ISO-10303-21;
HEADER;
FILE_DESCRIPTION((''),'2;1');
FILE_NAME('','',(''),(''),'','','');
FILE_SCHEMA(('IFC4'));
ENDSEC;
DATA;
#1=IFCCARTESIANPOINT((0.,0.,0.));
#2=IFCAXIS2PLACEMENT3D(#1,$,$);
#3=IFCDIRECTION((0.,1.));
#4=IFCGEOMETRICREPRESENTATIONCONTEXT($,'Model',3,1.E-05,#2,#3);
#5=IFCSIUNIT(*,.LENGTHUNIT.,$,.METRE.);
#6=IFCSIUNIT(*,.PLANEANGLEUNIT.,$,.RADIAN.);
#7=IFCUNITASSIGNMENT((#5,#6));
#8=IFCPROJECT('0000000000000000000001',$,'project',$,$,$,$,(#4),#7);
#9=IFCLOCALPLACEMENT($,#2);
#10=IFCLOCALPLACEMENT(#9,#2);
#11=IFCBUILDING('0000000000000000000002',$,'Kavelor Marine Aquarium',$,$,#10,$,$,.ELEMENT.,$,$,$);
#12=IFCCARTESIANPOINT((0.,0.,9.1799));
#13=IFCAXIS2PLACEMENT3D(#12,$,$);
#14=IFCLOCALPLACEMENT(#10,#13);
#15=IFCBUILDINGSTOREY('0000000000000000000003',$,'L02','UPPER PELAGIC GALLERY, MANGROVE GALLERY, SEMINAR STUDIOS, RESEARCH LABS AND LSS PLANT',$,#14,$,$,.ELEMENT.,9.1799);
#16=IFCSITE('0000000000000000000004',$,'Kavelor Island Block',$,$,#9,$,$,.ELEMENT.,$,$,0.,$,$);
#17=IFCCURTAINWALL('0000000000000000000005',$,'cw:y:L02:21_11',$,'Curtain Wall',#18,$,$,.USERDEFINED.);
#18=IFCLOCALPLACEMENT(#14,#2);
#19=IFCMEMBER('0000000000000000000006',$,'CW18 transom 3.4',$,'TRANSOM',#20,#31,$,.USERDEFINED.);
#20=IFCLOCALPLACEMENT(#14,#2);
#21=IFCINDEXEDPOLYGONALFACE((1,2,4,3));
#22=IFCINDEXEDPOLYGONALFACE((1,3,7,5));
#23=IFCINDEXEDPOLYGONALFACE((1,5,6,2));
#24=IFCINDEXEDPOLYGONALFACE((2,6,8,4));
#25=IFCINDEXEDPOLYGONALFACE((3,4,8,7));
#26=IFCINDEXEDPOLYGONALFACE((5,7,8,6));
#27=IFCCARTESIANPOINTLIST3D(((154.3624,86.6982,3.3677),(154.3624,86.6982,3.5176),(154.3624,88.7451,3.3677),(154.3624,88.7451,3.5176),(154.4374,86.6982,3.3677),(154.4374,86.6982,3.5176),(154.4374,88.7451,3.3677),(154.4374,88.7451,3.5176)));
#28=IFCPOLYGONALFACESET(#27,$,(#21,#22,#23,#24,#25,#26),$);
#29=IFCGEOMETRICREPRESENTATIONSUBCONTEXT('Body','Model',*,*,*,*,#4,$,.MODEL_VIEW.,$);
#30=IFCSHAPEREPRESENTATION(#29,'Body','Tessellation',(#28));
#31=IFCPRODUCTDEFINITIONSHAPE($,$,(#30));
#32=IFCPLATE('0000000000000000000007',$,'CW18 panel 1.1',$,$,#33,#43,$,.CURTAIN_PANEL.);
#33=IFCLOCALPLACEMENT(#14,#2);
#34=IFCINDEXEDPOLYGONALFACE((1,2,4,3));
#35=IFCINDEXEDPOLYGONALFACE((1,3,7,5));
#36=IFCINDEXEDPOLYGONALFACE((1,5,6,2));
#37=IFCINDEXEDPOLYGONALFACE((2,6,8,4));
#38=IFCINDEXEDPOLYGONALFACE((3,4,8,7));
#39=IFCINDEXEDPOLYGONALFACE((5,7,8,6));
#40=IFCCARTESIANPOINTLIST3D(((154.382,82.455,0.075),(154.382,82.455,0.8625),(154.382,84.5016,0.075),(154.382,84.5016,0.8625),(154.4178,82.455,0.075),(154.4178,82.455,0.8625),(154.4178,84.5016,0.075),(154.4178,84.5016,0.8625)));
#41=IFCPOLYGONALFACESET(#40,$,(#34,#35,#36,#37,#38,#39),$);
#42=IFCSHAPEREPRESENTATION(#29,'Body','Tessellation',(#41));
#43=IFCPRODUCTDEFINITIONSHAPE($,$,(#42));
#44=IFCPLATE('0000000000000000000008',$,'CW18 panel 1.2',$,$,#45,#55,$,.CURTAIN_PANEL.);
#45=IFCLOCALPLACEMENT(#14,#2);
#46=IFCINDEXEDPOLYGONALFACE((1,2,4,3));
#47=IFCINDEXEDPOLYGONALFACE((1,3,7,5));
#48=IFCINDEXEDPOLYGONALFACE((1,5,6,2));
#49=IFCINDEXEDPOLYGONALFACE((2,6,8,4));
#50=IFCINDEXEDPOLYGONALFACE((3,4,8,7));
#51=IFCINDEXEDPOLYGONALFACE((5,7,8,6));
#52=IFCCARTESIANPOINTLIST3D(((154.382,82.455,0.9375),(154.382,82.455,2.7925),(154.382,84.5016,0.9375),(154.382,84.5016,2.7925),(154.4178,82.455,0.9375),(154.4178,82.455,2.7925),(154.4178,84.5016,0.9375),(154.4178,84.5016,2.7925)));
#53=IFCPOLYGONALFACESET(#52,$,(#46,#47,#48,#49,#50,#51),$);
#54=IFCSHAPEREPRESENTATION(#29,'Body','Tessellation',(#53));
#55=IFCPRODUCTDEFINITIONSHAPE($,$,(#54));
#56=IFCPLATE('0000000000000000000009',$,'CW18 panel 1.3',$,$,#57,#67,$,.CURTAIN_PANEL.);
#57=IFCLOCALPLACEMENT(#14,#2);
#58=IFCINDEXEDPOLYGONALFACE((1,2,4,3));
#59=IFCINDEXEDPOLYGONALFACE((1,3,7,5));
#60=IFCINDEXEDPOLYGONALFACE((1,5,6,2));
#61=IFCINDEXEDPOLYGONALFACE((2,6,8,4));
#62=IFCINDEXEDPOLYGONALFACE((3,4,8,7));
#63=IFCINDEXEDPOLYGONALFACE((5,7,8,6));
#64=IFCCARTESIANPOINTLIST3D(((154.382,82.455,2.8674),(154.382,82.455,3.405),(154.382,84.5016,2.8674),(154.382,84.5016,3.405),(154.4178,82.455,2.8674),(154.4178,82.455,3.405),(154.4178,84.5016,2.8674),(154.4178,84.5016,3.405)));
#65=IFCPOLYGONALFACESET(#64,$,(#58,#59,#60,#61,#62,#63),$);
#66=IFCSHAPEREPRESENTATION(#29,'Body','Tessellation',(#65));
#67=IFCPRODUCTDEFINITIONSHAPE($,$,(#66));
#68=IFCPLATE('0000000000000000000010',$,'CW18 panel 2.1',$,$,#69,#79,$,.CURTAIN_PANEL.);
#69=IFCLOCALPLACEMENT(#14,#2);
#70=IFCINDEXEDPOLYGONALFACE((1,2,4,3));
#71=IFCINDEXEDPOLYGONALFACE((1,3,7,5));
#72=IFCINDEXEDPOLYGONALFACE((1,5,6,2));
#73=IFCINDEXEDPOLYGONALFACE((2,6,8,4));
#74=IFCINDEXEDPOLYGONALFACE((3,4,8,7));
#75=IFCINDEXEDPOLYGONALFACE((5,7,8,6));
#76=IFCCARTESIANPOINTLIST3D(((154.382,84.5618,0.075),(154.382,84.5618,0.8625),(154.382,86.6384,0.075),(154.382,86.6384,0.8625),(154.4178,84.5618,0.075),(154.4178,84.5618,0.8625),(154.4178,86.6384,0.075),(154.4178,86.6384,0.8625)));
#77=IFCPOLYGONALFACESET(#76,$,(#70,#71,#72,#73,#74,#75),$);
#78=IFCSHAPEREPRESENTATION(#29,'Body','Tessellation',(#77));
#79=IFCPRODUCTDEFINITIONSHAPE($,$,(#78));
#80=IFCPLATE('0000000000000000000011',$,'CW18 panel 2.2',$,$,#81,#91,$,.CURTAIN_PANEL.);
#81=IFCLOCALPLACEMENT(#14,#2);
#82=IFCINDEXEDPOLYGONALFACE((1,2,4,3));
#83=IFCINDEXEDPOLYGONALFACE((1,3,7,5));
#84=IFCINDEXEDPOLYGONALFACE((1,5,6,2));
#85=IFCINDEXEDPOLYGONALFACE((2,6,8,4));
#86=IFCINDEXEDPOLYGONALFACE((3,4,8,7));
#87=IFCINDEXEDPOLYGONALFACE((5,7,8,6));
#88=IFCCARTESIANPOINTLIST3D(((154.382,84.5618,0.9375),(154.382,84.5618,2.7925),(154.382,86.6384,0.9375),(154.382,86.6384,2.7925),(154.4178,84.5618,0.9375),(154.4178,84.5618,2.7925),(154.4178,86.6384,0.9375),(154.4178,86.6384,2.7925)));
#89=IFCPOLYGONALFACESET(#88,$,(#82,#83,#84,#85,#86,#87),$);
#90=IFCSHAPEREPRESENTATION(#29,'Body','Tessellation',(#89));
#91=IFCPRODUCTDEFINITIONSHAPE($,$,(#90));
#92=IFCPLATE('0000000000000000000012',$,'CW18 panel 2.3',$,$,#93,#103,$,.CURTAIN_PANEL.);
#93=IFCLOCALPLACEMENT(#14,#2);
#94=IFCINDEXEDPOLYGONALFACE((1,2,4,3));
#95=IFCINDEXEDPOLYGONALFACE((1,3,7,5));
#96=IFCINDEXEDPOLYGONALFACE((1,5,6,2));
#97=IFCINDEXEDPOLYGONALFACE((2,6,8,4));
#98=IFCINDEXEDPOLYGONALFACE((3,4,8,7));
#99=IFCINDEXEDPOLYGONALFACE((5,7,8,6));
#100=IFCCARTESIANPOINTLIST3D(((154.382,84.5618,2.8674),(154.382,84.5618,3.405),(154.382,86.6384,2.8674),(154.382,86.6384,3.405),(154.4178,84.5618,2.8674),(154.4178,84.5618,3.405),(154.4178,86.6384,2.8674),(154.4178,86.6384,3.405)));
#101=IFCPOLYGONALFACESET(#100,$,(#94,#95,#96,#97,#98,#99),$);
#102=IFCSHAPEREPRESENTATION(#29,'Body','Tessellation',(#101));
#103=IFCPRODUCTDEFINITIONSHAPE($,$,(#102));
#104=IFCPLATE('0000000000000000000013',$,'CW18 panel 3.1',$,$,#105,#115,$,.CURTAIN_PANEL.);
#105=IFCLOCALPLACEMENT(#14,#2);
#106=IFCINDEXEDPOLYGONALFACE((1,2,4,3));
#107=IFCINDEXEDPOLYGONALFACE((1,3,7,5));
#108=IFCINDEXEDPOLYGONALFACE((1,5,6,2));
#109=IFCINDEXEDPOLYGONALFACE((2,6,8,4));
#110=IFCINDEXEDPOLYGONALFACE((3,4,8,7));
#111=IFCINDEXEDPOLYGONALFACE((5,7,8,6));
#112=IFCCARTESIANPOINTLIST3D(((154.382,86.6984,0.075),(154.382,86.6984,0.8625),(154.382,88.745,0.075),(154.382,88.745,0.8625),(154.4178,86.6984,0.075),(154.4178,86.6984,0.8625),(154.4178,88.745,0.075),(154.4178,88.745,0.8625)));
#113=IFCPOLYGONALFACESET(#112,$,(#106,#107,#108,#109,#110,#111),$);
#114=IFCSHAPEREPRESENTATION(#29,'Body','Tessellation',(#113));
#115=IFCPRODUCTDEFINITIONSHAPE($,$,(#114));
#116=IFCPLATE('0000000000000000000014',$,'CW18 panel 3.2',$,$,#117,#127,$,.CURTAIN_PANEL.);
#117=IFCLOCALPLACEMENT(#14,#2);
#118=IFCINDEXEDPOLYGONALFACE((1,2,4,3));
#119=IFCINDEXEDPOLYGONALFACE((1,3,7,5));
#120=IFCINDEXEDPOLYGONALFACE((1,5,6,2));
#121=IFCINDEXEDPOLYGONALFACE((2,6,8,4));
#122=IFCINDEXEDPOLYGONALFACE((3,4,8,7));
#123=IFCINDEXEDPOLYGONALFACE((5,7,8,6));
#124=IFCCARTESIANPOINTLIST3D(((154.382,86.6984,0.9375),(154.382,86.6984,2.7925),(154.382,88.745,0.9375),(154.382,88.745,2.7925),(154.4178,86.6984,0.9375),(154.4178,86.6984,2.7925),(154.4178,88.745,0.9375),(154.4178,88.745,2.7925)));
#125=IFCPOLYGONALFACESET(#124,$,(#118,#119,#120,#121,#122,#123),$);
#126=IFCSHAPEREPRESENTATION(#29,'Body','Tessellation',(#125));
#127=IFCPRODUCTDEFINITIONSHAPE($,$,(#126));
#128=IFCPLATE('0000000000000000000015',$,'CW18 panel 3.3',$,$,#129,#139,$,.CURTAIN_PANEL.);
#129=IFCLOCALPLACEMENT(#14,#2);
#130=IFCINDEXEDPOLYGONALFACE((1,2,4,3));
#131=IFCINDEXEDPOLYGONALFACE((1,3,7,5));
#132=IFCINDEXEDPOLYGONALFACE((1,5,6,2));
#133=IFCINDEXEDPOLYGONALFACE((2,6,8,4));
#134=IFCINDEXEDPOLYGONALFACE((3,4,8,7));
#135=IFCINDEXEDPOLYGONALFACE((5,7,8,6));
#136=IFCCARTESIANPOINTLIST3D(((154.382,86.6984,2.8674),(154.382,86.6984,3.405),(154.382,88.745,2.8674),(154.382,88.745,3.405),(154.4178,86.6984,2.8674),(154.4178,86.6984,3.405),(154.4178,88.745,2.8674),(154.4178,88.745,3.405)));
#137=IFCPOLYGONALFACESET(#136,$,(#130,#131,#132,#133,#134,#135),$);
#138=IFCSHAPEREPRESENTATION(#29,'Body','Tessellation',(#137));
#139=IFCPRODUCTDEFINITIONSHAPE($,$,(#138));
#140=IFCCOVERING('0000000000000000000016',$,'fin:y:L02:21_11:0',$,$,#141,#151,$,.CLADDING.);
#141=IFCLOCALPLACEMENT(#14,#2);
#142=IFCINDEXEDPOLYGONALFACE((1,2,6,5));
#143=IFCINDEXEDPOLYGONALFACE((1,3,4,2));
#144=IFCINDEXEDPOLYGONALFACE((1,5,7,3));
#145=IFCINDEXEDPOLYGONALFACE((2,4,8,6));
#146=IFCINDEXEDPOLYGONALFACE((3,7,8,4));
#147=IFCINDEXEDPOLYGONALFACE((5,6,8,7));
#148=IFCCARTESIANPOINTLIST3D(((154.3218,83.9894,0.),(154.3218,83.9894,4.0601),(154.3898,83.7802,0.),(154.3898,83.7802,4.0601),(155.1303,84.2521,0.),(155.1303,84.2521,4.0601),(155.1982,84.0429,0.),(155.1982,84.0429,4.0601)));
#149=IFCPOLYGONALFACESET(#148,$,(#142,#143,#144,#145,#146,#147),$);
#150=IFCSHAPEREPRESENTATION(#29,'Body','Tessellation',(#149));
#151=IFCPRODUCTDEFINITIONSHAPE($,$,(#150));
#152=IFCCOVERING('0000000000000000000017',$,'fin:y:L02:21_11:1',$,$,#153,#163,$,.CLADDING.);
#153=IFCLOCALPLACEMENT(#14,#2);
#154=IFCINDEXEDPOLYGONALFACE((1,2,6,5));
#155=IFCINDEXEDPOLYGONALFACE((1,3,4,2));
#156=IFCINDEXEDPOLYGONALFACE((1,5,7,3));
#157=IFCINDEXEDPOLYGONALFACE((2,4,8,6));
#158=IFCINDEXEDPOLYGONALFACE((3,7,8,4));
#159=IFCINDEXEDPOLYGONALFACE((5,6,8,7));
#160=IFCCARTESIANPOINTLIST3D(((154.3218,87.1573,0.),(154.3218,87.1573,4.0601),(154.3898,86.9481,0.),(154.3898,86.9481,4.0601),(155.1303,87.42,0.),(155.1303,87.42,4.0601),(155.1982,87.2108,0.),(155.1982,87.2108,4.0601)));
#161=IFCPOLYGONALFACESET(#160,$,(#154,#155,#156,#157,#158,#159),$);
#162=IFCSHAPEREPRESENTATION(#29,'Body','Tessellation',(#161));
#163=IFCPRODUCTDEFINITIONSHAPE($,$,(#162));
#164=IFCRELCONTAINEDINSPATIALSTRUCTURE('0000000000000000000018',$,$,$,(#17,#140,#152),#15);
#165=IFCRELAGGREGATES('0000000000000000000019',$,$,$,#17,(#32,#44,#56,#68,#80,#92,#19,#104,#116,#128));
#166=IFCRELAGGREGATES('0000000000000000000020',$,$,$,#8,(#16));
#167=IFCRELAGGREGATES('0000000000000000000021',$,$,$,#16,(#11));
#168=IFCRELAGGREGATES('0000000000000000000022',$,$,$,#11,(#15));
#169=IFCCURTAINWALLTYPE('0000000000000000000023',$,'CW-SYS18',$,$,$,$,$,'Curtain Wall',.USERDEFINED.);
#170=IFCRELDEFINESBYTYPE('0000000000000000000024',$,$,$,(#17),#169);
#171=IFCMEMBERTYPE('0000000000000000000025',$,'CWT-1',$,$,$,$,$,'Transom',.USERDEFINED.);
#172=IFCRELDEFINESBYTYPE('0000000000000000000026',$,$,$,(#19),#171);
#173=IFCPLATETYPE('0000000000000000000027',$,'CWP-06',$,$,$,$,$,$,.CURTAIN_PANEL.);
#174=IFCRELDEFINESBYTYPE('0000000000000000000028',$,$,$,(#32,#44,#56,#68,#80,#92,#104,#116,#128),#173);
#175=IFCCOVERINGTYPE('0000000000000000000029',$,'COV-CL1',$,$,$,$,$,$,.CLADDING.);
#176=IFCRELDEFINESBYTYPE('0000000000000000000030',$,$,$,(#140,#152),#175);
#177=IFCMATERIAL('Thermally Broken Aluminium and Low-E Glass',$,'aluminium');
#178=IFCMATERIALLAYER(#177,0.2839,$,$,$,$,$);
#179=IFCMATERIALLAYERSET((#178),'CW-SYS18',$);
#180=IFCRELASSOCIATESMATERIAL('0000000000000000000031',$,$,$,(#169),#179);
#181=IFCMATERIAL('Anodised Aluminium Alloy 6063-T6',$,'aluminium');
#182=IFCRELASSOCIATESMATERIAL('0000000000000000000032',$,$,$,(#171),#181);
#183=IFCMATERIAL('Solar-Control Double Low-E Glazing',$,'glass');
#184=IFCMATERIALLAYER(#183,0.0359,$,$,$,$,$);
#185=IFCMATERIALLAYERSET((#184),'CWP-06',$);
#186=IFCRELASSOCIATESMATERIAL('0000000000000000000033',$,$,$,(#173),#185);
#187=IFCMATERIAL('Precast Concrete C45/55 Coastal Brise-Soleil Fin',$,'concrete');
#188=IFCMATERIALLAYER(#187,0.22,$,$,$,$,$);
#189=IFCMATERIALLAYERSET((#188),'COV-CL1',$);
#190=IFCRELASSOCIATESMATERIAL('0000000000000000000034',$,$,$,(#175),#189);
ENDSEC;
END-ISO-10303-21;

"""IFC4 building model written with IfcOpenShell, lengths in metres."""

from ifc_helpers import new_model, si_unit, direction, frame, origin, origin_2d, place, context, subcontext, project, spatial, rectangle, extrude, material, layer, layer_set, material_profile, profile_set, type_object, element, aggregate, save


model = new_model("IFC4")

# Units and contexts
model_context = context("Model", 3, precision=1e-05, world=origin(), true_north=direction((0.0, 1.0)))
body_context = subcontext(model_context, "Body", "Model", "MODEL_VIEW")
ifc_project = project(units=[si_unit("LENGTHUNIT", "METRE"), si_unit("PLANEANGLEUNIT", "RADIAN")], contexts=[model_context])

# Site, building, storey
site_placement = place(None, origin())
site = spatial("IfcSite", under=ifc_project, at=site_placement, Name="Kavelor Island Block", CompositionType="ELEMENT", RefElevation=0.0)
building_placement = place(site_placement, origin())
building = spatial("IfcBuilding", under=site, at=building_placement, Name="Kavelor Marine Aquarium", CompositionType="ELEMENT")
storey_placement = place(building_placement, frame((0.0, 0.0, 9.1799)))
storey = spatial("IfcBuildingStorey", under=building, at=storey_placement, Name="L02", Description="UPPER PELAGIC GALLERY, MANGROVE GALLERY, SEMINAR STUDIOS, RESEARCH LABS AND LSS PLANT", CompositionType="ELEMENT", Elevation=9.1799)

# Curtain wall, member, plates
ifc_material_1 = material(Name="Thermally Broken Aluminium and Low-E Glass", Category="aluminium")
ifc_layer_1 = layer(ifc_material_1, 0.2839)
ifc_layer_set_1 = layer_set([ifc_layer_1], Name="CW-SYS18")
curtain_wall_type = type_object("IfcCurtainWallType", Name="CW-SYS18", ElementType="Curtain Wall", PredefinedType="USERDEFINED", material=ifc_layer_set_1)
curtain_wall_placement = place(storey_placement, origin())
curtain_wall = element("IfcCurtainWall", 1, at=curtain_wall_placement, inside=storey, type_object=curtain_wall_type, Name="cw:y:L02:21_11", ObjectType="Curtain Wall", PredefinedType="USERDEFINED")
ifc_material_2 = material(Name="Anodised Aluminium Alloy 6063-T6", Category="aluminium")
ifc_material_profile_1 = material_profile(ifc_material_2, rectangle(XDim=0.075, YDim=0.1499, at=origin_2d()), Name="CW-TRN 75x150")
ifc_profile_set_1 = profile_set([ifc_material_profile_1], Name="Anodised Aluminium Alloy 6063-T6")
member_type_1 = type_object("IfcMemberType", Name="CWT-1", ElementType="Transom", PredefinedType="USERDEFINED", material=ifc_profile_set_1)
member_1_placement = place(storey_placement, frame((154.3999, 86.6982, 3.4426), z_axis=(0.0, 1.0, 0.0), x_axis=(-1.0, 0.0, 0.0)))
member_1 = element("IfcMember", 2, at=member_1_placement, type_object=member_type_1, Name="CW18 transom 3.4", ObjectType="TRANSOM", PredefinedType="USERDEFINED", context=body_context, shape_type="SweptSolid", body=[
    extrude(rectangle(XDim=0.075, YDim=0.1499, at=origin_2d()), origin(), (0.0, 0.0, 1.0), 2.0469),
])
ifc_material_3 = material(Name="Solar-Control Double Low-E Glazing", Category="glass")
ifc_layer_2 = layer(ifc_material_3, 0.0359)
ifc_layer_set_2 = layer_set([ifc_layer_2], Name="CWP-06")
plate_type = type_object("IfcPlateType", Name="CWP-06", PredefinedType="CURTAIN_PANEL", material=ifc_layer_set_2)
plate_1_placement = place(storey_placement, frame((154.3999, 83.4783, 0.075), z_axis=(0.0, 0.0, 1.0), x_axis=(0.0, 1.0, 0.0)))
plate_1 = element("IfcPlate", 3, at=plate_1_placement, type_object=plate_type, Name="CW18 panel 1.1", PredefinedType="CURTAIN_PANEL", context=body_context, shape_type="SweptSolid", body=[
    extrude(rectangle(XDim=2.0466, YDim=0.0359, at=origin_2d()), origin(), (0.0, 0.0, 1.0), 0.7876),
])
plate_2_placement = place(storey_placement, frame((154.3999, 83.4783, 0.9375), z_axis=(0.0, 0.0, 1.0), x_axis=(0.0, 1.0, 0.0)))
plate_2 = element("IfcPlate", 4, at=plate_2_placement, type_object=plate_type, Name="CW18 panel 1.2", PredefinedType="CURTAIN_PANEL", context=body_context, shape_type="SweptSolid", body=[
    extrude(rectangle(XDim=2.0466, YDim=0.0359, at=origin_2d()), origin(), (0.0, 0.0, 1.0), 1.855),
])
plate_3_placement = place(storey_placement, frame((154.3999, 83.4783, 2.8674), z_axis=(0.0, 0.0, 1.0), x_axis=(0.0, 1.0, 0.0)))
plate_3 = element("IfcPlate", 5, at=plate_3_placement, type_object=plate_type, Name="CW18 panel 1.3", PredefinedType="CURTAIN_PANEL", context=body_context, shape_type="SweptSolid", body=[
    extrude(rectangle(XDim=2.0466, YDim=0.0359, at=origin_2d()), origin(), (0.0, 0.0, 1.0), 0.5376),
])
plate_4_placement = place(storey_placement, frame((154.3999, 85.6001, 0.075), z_axis=(0.0, 0.0, 1.0), x_axis=(0.0, 1.0, 0.0)))
plate_4 = element("IfcPlate", 6, at=plate_4_placement, type_object=plate_type, Name="CW18 panel 2.1", PredefinedType="CURTAIN_PANEL", context=body_context, shape_type="SweptSolid", body=[
    extrude(rectangle(XDim=2.0767, YDim=0.0359, at=origin_2d()), origin(), (0.0, 0.0, 1.0), 0.7876),
])
plate_5_placement = place(storey_placement, frame((154.3999, 85.6001, 0.9375), z_axis=(0.0, 0.0, 1.0), x_axis=(0.0, 1.0, 0.0)))
plate_5 = element("IfcPlate", 7, at=plate_5_placement, type_object=plate_type, Name="CW18 panel 2.2", PredefinedType="CURTAIN_PANEL", context=body_context, shape_type="SweptSolid", body=[
    extrude(rectangle(XDim=2.0767, YDim=0.0359, at=origin_2d()), origin(), (0.0, 0.0, 1.0), 1.855),
])
plate_6_placement = place(storey_placement, frame((154.3999, 85.6001, 2.8674), z_axis=(0.0, 0.0, 1.0), x_axis=(0.0, 1.0, 0.0)))
plate_6 = element("IfcPlate", 8, at=plate_6_placement, type_object=plate_type, Name="CW18 panel 2.3", PredefinedType="CURTAIN_PANEL", context=body_context, shape_type="SweptSolid", body=[
    extrude(rectangle(XDim=2.0767, YDim=0.0359, at=origin_2d()), origin(), (0.0, 0.0, 1.0), 0.5376),
])
plate_7_placement = place(storey_placement, frame((154.3999, 87.7217, 0.075), z_axis=(0.0, 0.0, 1.0), x_axis=(0.0, 1.0, 0.0)))
plate_7 = element("IfcPlate", 9, at=plate_7_placement, type_object=plate_type, Name="CW18 panel 3.1", PredefinedType="CURTAIN_PANEL", context=body_context, shape_type="SweptSolid", body=[
    extrude(rectangle(XDim=2.0466, YDim=0.0359, at=origin_2d()), origin(), (0.0, 0.0, 1.0), 0.7876),
])
plate_8_placement = place(storey_placement, frame((154.3999, 87.7217, 0.9375), z_axis=(0.0, 0.0, 1.0), x_axis=(0.0, 1.0, 0.0)))
plate_8 = element("IfcPlate", 10, at=plate_8_placement, type_object=plate_type, Name="CW18 panel 3.2", PredefinedType="CURTAIN_PANEL", context=body_context, shape_type="SweptSolid", body=[
    extrude(rectangle(XDim=2.0466, YDim=0.0359, at=origin_2d()), origin(), (0.0, 0.0, 1.0), 1.855),
])
plate_9_placement = place(storey_placement, frame((154.3999, 87.7217, 2.8674), z_axis=(0.0, 0.0, 1.0), x_axis=(0.0, 1.0, 0.0)))
plate_9 = element("IfcPlate", 11, at=plate_9_placement, type_object=plate_type, Name="CW18 panel 3.3", PredefinedType="CURTAIN_PANEL", context=body_context, shape_type="SweptSolid", body=[
    extrude(rectangle(XDim=2.0466, YDim=0.0359, at=origin_2d()), origin(), (0.0, 0.0, 1.0), 0.5376),
])
aggregate(curtain_wall, [plate_1, plate_2, plate_3, plate_4, plate_5, plate_6, member_1, plate_7, plate_8, plate_9])

# Coverings
ifc_material_4 = material(Name="Precast Concrete C45/55 Coastal Brise-Soleil Fin", Category="concrete")
ifc_layer_3 = layer(ifc_material_4, 0.22)
ifc_layer_set_3 = layer_set([ifc_layer_3], Name="COV-CL1")
covering_type = type_object("IfcCoveringType", Name="COV-CL1", PredefinedType="CLADDING", material=ifc_layer_set_3)
for number, where, z_axis, x_axis, name in (
    (12, (154.76, 84.0161, 0.0), (0.0, 0.0, 1.0), (0.951057, 0.309017, 0.0), "fin:y:L02:21_11:0"),
    (13, (154.76, 87.1841, 0.0), (0.0, 0.0, 1.0), (0.951057, 0.309017, 0.0), "fin:y:L02:21_11:1"),
):
    element("IfcCovering", number, at=place(storey_placement, frame(where, z_axis=z_axis, x_axis=x_axis)), inside=storey, type_object=covering_type, Name=name, PredefinedType="CLADDING", context=body_context, shape_type="SweptSolid", body=[
        extrude(rectangle(XDim=0.8501, YDim=0.22, at=origin_2d()), origin(), (0.0, 0.0, 1.0), 4.0601),
    ])

save(model, "model.ifc")
